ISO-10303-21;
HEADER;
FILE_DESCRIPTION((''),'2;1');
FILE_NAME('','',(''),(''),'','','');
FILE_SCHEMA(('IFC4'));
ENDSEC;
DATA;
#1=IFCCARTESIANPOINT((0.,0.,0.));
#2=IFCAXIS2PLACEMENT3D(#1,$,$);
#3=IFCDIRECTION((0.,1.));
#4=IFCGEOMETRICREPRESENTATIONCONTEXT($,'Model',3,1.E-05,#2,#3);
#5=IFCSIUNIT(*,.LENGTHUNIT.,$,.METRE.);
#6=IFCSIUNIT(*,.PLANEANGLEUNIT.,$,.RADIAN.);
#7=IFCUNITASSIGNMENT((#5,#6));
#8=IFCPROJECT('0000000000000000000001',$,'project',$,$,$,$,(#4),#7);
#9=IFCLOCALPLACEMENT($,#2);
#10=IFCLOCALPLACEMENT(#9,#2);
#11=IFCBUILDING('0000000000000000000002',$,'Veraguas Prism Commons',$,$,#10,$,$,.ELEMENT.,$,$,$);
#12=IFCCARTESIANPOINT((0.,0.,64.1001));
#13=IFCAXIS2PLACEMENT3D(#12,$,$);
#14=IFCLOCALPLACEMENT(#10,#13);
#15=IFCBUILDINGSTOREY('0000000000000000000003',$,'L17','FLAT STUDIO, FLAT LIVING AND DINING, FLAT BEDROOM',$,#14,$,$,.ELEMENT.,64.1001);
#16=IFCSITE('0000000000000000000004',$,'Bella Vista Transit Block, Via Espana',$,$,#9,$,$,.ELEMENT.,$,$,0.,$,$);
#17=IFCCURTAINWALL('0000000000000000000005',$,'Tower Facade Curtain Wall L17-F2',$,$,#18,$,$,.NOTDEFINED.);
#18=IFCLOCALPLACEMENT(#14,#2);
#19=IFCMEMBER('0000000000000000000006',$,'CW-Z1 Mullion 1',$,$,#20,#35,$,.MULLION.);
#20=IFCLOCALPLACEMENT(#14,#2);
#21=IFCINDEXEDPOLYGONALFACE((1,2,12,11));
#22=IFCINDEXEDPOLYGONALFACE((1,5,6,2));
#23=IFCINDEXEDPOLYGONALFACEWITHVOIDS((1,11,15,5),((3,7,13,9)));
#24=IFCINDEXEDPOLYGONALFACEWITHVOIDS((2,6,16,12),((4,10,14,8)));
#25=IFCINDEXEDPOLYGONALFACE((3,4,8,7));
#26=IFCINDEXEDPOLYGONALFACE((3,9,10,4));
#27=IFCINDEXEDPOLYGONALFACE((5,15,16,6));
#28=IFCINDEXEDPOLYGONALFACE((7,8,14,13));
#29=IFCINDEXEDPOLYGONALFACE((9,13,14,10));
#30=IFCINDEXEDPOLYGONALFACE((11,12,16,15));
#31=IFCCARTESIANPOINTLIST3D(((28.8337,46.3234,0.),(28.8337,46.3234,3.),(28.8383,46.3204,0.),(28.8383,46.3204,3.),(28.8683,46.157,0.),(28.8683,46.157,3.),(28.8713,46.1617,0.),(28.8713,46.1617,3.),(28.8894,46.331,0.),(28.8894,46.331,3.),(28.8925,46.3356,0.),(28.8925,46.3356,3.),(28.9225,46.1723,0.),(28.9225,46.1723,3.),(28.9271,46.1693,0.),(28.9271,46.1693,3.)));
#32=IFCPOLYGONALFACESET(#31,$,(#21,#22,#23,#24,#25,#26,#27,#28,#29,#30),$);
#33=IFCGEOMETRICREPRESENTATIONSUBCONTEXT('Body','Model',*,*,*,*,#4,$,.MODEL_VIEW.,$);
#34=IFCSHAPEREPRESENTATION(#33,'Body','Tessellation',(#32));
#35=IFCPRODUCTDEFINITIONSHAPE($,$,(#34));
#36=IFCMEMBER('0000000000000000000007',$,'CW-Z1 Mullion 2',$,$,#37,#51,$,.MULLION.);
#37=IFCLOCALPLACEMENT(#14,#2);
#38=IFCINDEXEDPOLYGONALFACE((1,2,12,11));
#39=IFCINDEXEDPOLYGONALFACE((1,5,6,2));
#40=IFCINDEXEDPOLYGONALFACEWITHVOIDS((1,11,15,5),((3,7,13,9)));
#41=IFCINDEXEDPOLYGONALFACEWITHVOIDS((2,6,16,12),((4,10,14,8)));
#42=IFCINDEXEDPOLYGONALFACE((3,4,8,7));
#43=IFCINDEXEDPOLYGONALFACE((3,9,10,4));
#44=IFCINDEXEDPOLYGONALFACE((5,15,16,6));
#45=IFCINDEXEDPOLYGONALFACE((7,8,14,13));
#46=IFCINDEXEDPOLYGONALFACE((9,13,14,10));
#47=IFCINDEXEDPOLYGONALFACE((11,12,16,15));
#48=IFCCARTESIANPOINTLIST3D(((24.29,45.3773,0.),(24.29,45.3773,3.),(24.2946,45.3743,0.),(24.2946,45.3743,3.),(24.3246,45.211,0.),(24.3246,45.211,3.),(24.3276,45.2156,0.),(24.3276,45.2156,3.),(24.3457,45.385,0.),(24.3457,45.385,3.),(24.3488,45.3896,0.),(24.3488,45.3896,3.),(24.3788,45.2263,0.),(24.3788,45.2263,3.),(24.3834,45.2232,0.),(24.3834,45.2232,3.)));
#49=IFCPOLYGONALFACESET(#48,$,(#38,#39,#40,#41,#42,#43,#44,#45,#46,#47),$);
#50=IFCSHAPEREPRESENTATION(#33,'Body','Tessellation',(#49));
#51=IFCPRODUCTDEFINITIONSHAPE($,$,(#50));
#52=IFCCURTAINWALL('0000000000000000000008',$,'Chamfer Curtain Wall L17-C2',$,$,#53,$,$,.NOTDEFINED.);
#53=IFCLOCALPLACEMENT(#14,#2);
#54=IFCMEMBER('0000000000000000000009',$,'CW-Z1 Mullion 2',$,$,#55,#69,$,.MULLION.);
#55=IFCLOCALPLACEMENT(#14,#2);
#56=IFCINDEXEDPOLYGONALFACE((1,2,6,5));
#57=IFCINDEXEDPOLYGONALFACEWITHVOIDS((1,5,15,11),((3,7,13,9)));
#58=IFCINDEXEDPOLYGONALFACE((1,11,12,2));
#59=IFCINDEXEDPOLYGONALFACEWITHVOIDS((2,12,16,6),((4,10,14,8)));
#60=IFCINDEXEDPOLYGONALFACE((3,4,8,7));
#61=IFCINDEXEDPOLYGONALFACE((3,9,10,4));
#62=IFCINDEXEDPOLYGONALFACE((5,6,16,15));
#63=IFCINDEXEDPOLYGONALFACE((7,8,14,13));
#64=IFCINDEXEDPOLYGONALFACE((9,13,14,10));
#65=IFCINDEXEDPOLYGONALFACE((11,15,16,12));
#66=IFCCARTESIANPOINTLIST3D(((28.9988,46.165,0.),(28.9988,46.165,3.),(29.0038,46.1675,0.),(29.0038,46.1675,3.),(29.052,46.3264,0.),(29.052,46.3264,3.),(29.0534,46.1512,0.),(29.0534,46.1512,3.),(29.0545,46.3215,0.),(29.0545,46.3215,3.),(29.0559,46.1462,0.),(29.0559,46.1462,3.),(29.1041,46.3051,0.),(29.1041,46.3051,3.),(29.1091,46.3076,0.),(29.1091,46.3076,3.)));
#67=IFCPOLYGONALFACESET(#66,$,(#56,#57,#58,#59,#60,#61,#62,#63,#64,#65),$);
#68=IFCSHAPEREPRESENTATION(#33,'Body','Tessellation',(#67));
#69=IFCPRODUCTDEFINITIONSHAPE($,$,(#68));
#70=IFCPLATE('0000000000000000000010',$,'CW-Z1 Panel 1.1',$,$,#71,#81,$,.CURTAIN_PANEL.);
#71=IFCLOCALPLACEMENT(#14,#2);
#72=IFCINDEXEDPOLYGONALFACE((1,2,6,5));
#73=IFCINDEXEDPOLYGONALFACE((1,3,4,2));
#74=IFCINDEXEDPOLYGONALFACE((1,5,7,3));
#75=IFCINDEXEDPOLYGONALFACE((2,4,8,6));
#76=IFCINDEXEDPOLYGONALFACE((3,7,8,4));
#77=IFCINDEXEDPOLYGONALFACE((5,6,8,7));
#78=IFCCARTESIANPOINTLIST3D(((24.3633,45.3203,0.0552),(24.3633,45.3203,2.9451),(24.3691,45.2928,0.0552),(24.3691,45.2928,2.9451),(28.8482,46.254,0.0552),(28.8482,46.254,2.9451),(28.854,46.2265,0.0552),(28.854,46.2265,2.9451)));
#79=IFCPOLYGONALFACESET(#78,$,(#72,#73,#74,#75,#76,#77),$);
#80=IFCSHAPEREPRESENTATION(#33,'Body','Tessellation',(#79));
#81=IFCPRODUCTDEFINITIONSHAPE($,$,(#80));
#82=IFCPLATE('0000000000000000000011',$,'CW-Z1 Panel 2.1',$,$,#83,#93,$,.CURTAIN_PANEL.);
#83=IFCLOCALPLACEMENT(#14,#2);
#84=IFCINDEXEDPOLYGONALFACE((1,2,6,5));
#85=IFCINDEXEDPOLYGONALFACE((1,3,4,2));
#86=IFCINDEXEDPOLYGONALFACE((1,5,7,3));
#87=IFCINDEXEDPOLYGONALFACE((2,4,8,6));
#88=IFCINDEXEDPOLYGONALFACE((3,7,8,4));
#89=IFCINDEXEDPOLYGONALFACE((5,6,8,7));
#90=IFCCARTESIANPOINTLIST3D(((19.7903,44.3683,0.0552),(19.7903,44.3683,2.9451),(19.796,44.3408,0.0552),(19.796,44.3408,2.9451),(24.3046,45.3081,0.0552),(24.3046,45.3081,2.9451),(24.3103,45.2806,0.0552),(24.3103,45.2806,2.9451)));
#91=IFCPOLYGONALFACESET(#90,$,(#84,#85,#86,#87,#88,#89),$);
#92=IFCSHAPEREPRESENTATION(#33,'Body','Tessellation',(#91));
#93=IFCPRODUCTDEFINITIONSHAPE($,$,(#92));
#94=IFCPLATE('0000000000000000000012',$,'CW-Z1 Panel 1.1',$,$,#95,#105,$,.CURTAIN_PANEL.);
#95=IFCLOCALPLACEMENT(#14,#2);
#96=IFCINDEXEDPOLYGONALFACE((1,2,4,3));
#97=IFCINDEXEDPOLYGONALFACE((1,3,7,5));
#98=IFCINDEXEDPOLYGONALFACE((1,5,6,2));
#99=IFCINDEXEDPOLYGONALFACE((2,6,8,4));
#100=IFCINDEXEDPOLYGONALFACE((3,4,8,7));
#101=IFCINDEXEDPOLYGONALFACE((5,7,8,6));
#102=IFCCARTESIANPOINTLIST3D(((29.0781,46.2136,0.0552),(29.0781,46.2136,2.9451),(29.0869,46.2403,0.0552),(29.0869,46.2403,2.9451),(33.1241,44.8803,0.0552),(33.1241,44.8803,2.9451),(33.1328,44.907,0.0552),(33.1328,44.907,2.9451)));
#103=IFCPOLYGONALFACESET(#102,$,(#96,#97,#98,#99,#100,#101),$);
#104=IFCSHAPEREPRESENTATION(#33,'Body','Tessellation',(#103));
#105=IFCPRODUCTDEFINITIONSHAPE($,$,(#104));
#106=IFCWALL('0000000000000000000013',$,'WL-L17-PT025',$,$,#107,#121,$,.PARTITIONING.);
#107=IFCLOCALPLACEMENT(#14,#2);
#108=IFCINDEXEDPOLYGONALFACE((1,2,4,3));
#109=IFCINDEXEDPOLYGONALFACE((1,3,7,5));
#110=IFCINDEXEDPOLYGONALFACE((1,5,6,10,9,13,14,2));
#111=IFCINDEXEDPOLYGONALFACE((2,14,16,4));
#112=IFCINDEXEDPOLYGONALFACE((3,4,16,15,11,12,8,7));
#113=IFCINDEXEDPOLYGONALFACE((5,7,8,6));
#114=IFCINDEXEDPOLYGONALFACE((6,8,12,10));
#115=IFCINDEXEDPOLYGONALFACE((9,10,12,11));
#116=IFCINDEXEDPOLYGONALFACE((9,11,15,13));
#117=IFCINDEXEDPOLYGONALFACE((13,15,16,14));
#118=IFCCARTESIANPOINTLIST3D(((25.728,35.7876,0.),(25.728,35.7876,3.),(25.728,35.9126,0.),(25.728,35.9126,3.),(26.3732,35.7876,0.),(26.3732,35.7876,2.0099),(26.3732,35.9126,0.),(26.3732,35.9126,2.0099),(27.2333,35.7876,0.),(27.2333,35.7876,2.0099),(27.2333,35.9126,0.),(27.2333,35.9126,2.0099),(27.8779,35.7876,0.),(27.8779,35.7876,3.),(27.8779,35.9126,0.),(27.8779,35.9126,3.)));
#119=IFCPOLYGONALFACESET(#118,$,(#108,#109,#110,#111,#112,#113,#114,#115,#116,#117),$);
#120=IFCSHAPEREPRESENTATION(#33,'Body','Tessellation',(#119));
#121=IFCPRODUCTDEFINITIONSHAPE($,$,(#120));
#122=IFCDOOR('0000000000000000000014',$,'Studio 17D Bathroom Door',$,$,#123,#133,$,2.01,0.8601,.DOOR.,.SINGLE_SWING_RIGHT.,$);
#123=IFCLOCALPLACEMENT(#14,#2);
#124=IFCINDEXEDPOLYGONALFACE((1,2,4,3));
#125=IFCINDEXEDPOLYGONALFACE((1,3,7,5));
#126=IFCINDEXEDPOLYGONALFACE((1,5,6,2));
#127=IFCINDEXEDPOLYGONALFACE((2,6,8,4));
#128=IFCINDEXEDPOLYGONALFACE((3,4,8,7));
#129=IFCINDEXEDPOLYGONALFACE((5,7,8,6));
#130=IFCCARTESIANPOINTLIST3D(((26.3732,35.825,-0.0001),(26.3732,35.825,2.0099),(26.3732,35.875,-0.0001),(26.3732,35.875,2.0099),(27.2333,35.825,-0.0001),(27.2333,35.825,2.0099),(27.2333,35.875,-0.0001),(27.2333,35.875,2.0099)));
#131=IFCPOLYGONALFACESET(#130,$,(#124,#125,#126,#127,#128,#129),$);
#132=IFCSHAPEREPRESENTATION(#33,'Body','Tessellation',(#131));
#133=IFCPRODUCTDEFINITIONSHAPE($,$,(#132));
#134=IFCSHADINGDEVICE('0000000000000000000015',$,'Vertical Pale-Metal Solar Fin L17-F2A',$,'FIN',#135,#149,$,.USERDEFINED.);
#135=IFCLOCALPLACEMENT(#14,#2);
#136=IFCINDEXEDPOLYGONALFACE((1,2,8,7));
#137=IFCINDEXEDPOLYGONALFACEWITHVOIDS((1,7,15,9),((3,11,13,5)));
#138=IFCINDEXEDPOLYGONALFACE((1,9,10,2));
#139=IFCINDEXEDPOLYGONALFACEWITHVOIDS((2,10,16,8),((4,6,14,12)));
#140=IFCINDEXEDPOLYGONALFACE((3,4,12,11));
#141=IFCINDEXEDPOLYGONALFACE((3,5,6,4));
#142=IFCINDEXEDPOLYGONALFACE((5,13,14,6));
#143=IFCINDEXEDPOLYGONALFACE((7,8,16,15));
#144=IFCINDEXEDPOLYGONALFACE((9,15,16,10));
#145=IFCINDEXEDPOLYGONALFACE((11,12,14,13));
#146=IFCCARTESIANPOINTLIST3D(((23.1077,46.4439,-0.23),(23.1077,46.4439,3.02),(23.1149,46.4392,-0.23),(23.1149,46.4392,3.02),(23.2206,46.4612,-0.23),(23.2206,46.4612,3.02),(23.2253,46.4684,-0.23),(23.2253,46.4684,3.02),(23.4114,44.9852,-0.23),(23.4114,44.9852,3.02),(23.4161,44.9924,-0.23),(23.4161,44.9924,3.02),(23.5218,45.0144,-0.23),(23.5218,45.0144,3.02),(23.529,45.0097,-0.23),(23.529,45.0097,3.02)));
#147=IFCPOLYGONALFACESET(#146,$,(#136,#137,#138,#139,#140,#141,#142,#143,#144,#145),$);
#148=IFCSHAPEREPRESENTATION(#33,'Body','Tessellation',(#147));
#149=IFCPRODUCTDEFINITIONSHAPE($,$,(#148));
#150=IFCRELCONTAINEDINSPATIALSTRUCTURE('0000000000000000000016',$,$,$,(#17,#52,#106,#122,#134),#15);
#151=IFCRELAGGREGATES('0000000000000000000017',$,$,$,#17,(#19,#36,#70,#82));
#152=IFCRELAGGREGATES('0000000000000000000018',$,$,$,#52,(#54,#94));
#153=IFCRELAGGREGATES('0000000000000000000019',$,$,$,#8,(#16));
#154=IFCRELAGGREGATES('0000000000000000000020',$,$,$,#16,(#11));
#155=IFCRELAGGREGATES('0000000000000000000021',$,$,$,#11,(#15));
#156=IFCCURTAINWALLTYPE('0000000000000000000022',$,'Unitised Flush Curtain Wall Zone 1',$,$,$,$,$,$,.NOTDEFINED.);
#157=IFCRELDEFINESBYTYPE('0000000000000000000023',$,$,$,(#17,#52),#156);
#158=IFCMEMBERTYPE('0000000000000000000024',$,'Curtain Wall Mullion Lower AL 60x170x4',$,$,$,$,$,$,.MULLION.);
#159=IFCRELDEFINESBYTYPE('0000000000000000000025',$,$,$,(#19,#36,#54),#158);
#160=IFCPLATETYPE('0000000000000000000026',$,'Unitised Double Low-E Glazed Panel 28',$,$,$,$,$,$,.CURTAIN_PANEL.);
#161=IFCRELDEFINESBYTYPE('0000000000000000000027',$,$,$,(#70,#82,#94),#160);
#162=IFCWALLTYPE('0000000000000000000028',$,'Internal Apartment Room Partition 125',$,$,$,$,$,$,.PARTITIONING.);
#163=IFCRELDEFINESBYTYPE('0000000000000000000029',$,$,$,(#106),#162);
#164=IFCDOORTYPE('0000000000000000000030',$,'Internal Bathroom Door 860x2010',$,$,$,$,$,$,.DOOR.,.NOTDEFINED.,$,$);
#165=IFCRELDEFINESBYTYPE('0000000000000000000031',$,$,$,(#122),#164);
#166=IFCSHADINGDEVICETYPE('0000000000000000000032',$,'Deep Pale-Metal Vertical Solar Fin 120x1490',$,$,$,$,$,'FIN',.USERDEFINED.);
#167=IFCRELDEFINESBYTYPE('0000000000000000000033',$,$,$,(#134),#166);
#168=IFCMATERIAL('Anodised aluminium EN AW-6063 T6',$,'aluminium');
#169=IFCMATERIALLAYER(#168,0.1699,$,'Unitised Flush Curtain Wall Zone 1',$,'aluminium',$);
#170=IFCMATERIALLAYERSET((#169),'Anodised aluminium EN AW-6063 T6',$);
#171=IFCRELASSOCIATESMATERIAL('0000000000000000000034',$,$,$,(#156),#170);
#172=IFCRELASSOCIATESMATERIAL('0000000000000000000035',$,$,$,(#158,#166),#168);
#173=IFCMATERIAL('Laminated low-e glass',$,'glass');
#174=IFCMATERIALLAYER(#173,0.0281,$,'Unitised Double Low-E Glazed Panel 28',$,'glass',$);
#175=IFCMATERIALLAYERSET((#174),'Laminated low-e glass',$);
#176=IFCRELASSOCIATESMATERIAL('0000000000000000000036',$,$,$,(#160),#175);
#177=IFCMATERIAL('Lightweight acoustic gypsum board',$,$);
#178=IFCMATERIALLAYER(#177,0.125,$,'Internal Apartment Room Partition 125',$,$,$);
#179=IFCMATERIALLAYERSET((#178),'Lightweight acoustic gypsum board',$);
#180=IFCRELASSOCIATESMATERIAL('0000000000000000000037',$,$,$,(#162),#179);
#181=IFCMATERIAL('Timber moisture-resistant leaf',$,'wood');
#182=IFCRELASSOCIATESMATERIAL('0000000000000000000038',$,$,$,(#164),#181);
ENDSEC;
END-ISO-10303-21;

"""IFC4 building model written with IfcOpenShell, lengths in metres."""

from ifc_helpers import new_model, si_unit, direction, frame, frame_2d, origin, origin_2d, place, context, subcontext, project, spatial, rectangle, hollow_rectangle, extrude, source, transform, mapped, material, layer, layer_set, material_profile, profile_set, type_object, element, fill, aggregate, save


model = new_model("IFC4")

# Units and contexts
model_context = context("Model", 3, precision=1e-05, world=origin(), true_north=direction((0.0, 1.0)))
body_context = subcontext(model_context, "Body", "Model", "MODEL_VIEW")
ifc_project = project(units=[si_unit("LENGTHUNIT", "METRE"), si_unit("PLANEANGLEUNIT", "RADIAN")], contexts=[model_context])

# Site, building, storey
site_placement = place(None, origin())
site = spatial("IfcSite", under=ifc_project, at=site_placement, Name="Bella Vista Transit Block, Via Espana", CompositionType="ELEMENT", RefElevation=0.0)
building_placement = place(site_placement, origin())
building = spatial("IfcBuilding", under=site, at=building_placement, Name="Veraguas Prism Commons", CompositionType="ELEMENT")
storey_placement = place(building_placement, frame((0.0, 0.0, 64.1001)))
storey = spatial("IfcBuildingStorey", under=building, at=storey_placement, Name="L17", Description="FLAT STUDIO, FLAT LIVING AND DINING, FLAT BEDROOM", CompositionType="ELEMENT", Elevation=64.1001)

# Curtain wall, members
ifc_material_1 = material(Name="Anodised aluminium EN AW-6063 T6", Category="aluminium")
ifc_layer_1 = layer(ifc_material_1, 0.1699, Name="Unitised Flush Curtain Wall Zone 1", Category="aluminium")
ifc_layer_set_1 = layer_set([ifc_layer_1], Name="Anodised aluminium EN AW-6063 T6")
curtain_wall_type = type_object("IfcCurtainWallType", Name="Unitised Flush Curtain Wall Zone 1", PredefinedType="NOTDEFINED", material=ifc_layer_set_1)
curtain_wall_1_placement = place(storey_placement, origin())
curtain_wall_1 = element("IfcCurtainWall", 1, at=curtain_wall_1_placement, inside=storey, type_object=curtain_wall_type, Name="Tower Facade Curtain Wall L17-F2", PredefinedType="NOTDEFINED")
ifc_material_profile_1 = material_profile(ifc_material_1, hollow_rectangle(XDim=0.0601, YDim=0.1699, WallThickness=0.0039, at=origin_2d()), Name="AL60X170X4")
ifc_profile_set_1 = profile_set([ifc_material_profile_1], Name="Anodised aluminium EN AW-6063 T6")
member_type_1 = type_object("IfcMemberType", Name="Curtain Wall Mullion Lower AL 60x170x4", PredefinedType="MULLION", material=ifc_profile_set_1)
shared_shape_1 = source(origin(), body_context, "Body", "SweptSolid", [
    extrude(hollow_rectangle(XDim=0.0601, YDim=0.1699, WallThickness=0.0039, at=origin_2d()), origin(), (0.0, 0.0, 1.0), 3.0),
])
member_1_placement = place(storey_placement, frame((28.8804, 46.2463, 0.0), z_axis=(0.0, 0.0, 1.0), x_axis=(-0.979009, -0.203818, 0.0)))
member_1 = element("IfcMember", 2, at=member_1_placement, type_object=member_type_1, Name="CW-Z1 Mullion 1", PredefinedType="MULLION", context=body_context, shape_type="MappedRepresentation", body=[
    mapped(shared_shape_1, transform((0.0, 0.0, 0.0), scale=1.0)),
])
member_2_placement = place(storey_placement, frame((24.3367, 45.3003, 0.0), z_axis=(0.0, 0.0, 1.0), x_axis=(-0.979009, -0.203818, 0.0)))
member_2 = element("IfcMember", 3, at=member_2_placement, type_object=member_type_1, Name="CW-Z1 Mullion 2", PredefinedType="MULLION", context=body_context, shape_type="MappedRepresentation", body=[
    mapped(shared_shape_1, transform((0.0, 0.0, 0.0), scale=1.0)),
])

# Curtain wall, member
curtain_wall_2_placement = place(storey_placement, origin())
curtain_wall_2 = element("IfcCurtainWall", 4, at=curtain_wall_2_placement, inside=storey, type_object=curtain_wall_type, Name="Chamfer Curtain Wall L17-C2", PredefinedType="NOTDEFINED")
member_3_placement = place(storey_placement, frame((29.054, 46.2363, 0.0), z_axis=(0.0, 0.0, 1.0), x_axis=(-0.949755, 0.312993, 0.0)))
member_3 = element("IfcMember", 5, at=member_3_placement, type_object=member_type_1, Name="CW-Z1 Mullion 2", PredefinedType="MULLION", context=body_context, shape_type="MappedRepresentation", body=[
    mapped(shared_shape_1, transform((0.0, 0.0, 0.0), scale=1.0)),
])

# Plates
ifc_material_2 = material(Name="Laminated low-e glass", Category="glass")
ifc_layer_2 = layer(ifc_material_2, 0.0281, Name="Unitised Double Low-E Glazed Panel 28", Category="glass")
ifc_layer_set_2 = layer_set([ifc_layer_2], Name="Laminated low-e glass")
plate_type = type_object("IfcPlateType", Name="Unitised Double Low-E Glazed Panel 28", PredefinedType="CURTAIN_PANEL", material=ifc_layer_set_2)
shared_shape_2 = source(origin(), body_context, "Body", "SweptSolid", [
    extrude(rectangle(XDim=4.5811, YDim=0.0281, at=origin_2d()), origin(), (0.0, 0.0, 1.0), 2.8899),
])
plate_1_placement = place(storey_placement, frame((26.6086, 45.7734, 0.0552), z_axis=(0.0, 0.0, 1.0), x_axis=(-0.979009, -0.203818, 0.0)))
plate_1 = element("IfcPlate", 6, at=plate_1_placement, type_object=plate_type, Name="CW-Z1 Panel 1.1", PredefinedType="CURTAIN_PANEL", context=body_context, shape_type="MappedRepresentation", body=[
    mapped(shared_shape_2, transform((0.0, 0.0, 0.0), scale=1.0)),
])
shared_shape_3 = source(origin(), body_context, "Body", "SweptSolid", [
    extrude(rectangle(XDim=4.6111, YDim=0.0281, at=origin_2d()), origin(), (0.0, 0.0, 1.0), 2.8899),
])
plate_2_placement = place(storey_placement, frame((22.0503, 44.8245, 0.0552), z_axis=(0.0, 0.0, 1.0), x_axis=(-0.979009, -0.203818, 0.0)))
plate_2 = element("IfcPlate", 7, at=plate_2_placement, type_object=plate_type, Name="CW-Z1 Panel 2.1", PredefinedType="CURTAIN_PANEL", context=body_context, shape_type="MappedRepresentation", body=[
    mapped(shared_shape_3, transform((0.0, 0.0, 0.0), scale=1.0)),
])
aggregate(curtain_wall_1, [member_1, member_2, plate_1, plate_2])
shared_shape_4 = source(origin(), body_context, "Body", "SweptSolid", [
    extrude(rectangle(XDim=4.26, YDim=0.0281, at=origin_2d()), origin(), (0.0, 0.0, 1.0), 2.8899),
])
plate_3_placement = place(storey_placement, frame((31.1055, 45.5603, 0.0552), z_axis=(0.0, 0.0, 1.0), x_axis=(-0.949755, 0.312993, 0.0)))
plate_3 = element("IfcPlate", 8, at=plate_3_placement, type_object=plate_type, Name="CW-Z1 Panel 1.1", PredefinedType="CURTAIN_PANEL", context=body_context, shape_type="MappedRepresentation", body=[
    mapped(shared_shape_4, transform((0.0, 0.0, 0.0), scale=1.0)),
])
aggregate(curtain_wall_2, [member_3, plate_3])

# Wall, opening, door
ifc_material_3 = material(Name="Lightweight acoustic gypsum board")
ifc_layer_3 = layer(ifc_material_3, 0.125, Name="Internal Apartment Room Partition 125")
ifc_layer_set_3 = layer_set([ifc_layer_3], Name="Lightweight acoustic gypsum board")
wall_type = type_object("IfcWallType", Name="Internal Apartment Room Partition 125", PredefinedType="PARTITIONING", material=ifc_layer_set_3)
wall_placement = place(storey_placement, frame((25.728, 35.8501, 0.0), z_axis=(0.0, 0.0, 1.0), x_axis=(1.0, 0.0, 0.0)))
wall = element("IfcWall", 9, at=wall_placement, inside=storey, type_object=wall_type, Name="WL-L17-PT025", PredefinedType="PARTITIONING", context=body_context, shape_type="SweptSolid", body=[
    extrude(rectangle(XDim=2.1499, YDim=0.125, at=frame_2d((1.075, 0.0))), origin(), (0.0, 0.0, 1.0), 3.0),
])
opening_placement = place(wall_placement, frame((0.645, 0.0, 0.0)))
opening = element("IfcOpeningElement", 10, at=opening_placement, cuts=wall, PredefinedType="OPENING", context=body_context, shape_type="SweptSolid", body=[
    extrude(rectangle(XDim=0.8601, YDim=2.01, at=frame_2d((0.4302, 1.0049))), frame((0.0, 0.0725, 0.0), z_axis=(0.0, -1.0, 0.0), x_axis=(1.0, 0.0, 0.0)), (0.0, 0.0, 1.0), 0.145),
])
ifc_material_4 = material(Name="Timber moisture-resistant leaf", Category="wood")
door_type = type_object("IfcDoorType", Name="Internal Bathroom Door 860x2010", OperationType="NOTDEFINED", PredefinedType="DOOR", material=ifc_material_4)
shared_shape_5 = source(origin(), body_context, "Body", "SweptSolid", [
    extrude(rectangle(XDim=0.8601, YDim=2.01, at=frame_2d((0.4302, 1.0049))), frame((0.0, 0.0249, 0.0), z_axis=(0.0, -1.0, 0.0), x_axis=(1.0, 0.0, 0.0)), (0.0, 0.0, 1.0), 0.05),
])
door_placement = place(opening_placement, origin())
door = element("IfcDoor", 11, at=door_placement, inside=storey, type_object=door_type, Name="Studio 17D Bathroom Door", OperationType="SINGLE_SWING_RIGHT", OverallHeight=2.01, OverallWidth=0.8601, PredefinedType="DOOR", context=body_context, shape_type="MappedRepresentation", body=[
    mapped(shared_shape_5, transform((0.0, 0.0, 0.0), scale=1.0)),
])
fill(opening, door)

# Shading device
ifc_material_profile_2 = material_profile(ifc_material_1, hollow_rectangle(XDim=0.1201, YDim=1.49, WallThickness=0.0061, at=origin_2d()), Name="FIN120X1490X6")
ifc_profile_set_2 = profile_set([ifc_material_profile_2], Name="Anodised aluminium EN AW-6063 T6")
shading_device_type = type_object("IfcShadingDeviceType", Name="Deep Pale-Metal Vertical Solar Fin 120x1490", ElementType="FIN", PredefinedType="USERDEFINED", material=ifc_profile_set_2)
shading_device_placement = place(storey_placement, frame((23.3184, 45.7268, -0.23), z_axis=(0.0, 0.0, 1.0), x_axis=(-0.97901, -0.203814, 0.0)))
element("IfcShadingDevice", 12, at=shading_device_placement, inside=storey, type_object=shading_device_type, Name="Vertical Pale-Metal Solar Fin L17-F2A", ObjectType="FIN", PredefinedType="USERDEFINED", context=body_context, shape_type="SweptSolid", body=[
    extrude(hollow_rectangle(XDim=0.1201, YDim=1.49, WallThickness=0.0061, at=origin_2d()), origin(), (0.0, 0.0, 1.0), 3.25),
])

save(model, "model.ifc")
